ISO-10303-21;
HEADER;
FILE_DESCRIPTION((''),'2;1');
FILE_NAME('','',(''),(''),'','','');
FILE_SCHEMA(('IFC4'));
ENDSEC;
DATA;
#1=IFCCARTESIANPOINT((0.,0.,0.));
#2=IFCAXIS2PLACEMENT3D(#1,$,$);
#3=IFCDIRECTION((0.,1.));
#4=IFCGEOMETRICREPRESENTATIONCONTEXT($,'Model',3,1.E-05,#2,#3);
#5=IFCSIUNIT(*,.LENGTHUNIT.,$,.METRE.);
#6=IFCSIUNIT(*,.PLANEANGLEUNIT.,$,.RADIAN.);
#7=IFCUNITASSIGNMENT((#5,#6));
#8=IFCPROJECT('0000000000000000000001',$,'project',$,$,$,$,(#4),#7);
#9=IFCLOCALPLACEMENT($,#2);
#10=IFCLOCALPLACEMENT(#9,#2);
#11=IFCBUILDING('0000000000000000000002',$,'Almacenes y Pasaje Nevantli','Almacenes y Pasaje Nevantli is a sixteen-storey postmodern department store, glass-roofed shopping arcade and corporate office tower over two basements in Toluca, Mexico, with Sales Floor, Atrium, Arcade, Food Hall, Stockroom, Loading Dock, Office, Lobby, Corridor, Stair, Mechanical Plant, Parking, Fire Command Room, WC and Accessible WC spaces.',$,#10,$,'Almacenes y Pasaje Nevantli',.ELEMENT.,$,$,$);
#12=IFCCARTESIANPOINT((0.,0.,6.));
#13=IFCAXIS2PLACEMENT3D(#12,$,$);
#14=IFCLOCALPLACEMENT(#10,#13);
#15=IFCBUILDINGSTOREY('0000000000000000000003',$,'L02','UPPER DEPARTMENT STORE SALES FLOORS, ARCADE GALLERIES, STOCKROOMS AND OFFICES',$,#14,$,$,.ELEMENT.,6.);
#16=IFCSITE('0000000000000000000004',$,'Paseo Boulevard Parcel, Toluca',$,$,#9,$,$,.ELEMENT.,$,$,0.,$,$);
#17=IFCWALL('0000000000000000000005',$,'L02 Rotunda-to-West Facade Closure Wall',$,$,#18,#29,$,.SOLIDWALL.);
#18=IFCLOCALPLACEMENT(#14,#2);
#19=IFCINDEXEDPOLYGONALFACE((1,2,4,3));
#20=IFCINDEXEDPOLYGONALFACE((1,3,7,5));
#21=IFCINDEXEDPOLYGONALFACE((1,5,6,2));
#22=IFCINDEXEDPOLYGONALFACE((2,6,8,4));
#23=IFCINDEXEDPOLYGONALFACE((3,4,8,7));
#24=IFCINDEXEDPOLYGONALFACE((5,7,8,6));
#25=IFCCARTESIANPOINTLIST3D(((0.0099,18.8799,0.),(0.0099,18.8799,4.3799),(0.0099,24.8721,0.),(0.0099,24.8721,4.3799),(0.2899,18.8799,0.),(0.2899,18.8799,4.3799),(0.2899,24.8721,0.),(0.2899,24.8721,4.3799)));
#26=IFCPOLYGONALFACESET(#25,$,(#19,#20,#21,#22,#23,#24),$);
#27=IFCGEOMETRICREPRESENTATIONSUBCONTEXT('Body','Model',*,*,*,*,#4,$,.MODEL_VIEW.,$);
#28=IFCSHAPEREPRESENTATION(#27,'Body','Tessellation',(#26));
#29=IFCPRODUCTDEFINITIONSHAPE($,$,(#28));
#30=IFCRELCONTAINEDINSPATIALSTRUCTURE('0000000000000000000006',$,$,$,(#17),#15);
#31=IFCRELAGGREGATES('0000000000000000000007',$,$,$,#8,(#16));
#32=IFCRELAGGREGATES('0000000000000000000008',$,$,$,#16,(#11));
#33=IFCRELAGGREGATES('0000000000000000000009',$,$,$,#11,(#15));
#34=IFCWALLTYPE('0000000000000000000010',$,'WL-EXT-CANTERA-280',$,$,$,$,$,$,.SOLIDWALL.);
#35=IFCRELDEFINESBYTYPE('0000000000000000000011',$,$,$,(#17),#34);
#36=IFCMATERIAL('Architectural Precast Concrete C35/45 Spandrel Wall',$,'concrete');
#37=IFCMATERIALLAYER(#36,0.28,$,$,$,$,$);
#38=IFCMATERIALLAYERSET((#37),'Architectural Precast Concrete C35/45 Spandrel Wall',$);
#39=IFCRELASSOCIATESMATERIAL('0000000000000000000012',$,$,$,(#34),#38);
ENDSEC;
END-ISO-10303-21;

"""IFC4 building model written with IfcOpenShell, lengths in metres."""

from ifc_helpers import new_model, si_unit, direction, frame, frame_2d, origin, place, context, subcontext, project, spatial, rectangle, extrude, material, layer, layer_set, type_object, element, save


model = new_model("IFC4")

# Units and contexts
model_context = context("Model", 3, precision=1e-05, world=origin(), true_north=direction((0.0, 1.0)))
body_context = subcontext(model_context, "Body", "Model", "MODEL_VIEW")
ifc_project = project(units=[si_unit("LENGTHUNIT", "METRE"), si_unit("PLANEANGLEUNIT", "RADIAN")], contexts=[model_context])

# Site, building, storey
site_placement = place(None, origin())
site = spatial("IfcSite", under=ifc_project, at=site_placement, Name="Paseo Boulevard Parcel, Toluca", CompositionType="ELEMENT", RefElevation=0.0)
building_placement = place(site_placement, origin())
building = spatial("IfcBuilding", under=site, at=building_placement, Name="Almacenes y Pasaje Nevantli", Description="Almacenes y Pasaje Nevantli is a sixteen-storey postmodern department store, glass-roofed shopping arcade and corporate office tower over two basements in Toluca, Mexico, with Sales Floor, Atrium, Arcade, Food Hall, Stockroom, Loading Dock, Office, Lobby, Corridor, Stair, Mechanical Plant, Parking, Fire Command Room, WC and Accessible WC spaces.", LongName="Almacenes y Pasaje Nevantli", CompositionType="ELEMENT")
storey_placement = place(building_placement, frame((0.0, 0.0, 6.0)))
storey = spatial("IfcBuildingStorey", under=building, at=storey_placement, Name="L02", Description="UPPER DEPARTMENT STORE SALES FLOORS, ARCADE GALLERIES, STOCKROOMS AND OFFICES", CompositionType="ELEMENT", Elevation=6.0)

# Wall
ifc_material_1 = material(Name="Architectural Precast Concrete C35/45 Spandrel Wall", Category="concrete")
ifc_layer_1 = layer(ifc_material_1, 0.28)
ifc_layer_set_1 = layer_set([ifc_layer_1], Name="Architectural Precast Concrete C35/45 Spandrel Wall")
wall_type = type_object("IfcWallType", Name="WL-EXT-CANTERA-280", PredefinedType="SOLIDWALL", material=ifc_layer_set_1)
wall_placement = place(storey_placement, frame((0.1499, 18.8799, 0.0), z_axis=(0.0, 0.0, 1.0), x_axis=(0.0, 1.0, 0.0)))
element("IfcWall", 1, at=wall_placement, inside=storey, type_object=wall_type, Name="L02 Rotunda-to-West Facade Closure Wall", PredefinedType="SOLIDWALL", context=body_context, shape_type="SweptSolid", body=[
    extrude(rectangle(XDim=5.9922, YDim=0.28, at=frame_2d((2.9961, 0.0))), origin(), (0.0, 0.0, 1.0), 4.3799),
])

save(model, "model.ifc")
